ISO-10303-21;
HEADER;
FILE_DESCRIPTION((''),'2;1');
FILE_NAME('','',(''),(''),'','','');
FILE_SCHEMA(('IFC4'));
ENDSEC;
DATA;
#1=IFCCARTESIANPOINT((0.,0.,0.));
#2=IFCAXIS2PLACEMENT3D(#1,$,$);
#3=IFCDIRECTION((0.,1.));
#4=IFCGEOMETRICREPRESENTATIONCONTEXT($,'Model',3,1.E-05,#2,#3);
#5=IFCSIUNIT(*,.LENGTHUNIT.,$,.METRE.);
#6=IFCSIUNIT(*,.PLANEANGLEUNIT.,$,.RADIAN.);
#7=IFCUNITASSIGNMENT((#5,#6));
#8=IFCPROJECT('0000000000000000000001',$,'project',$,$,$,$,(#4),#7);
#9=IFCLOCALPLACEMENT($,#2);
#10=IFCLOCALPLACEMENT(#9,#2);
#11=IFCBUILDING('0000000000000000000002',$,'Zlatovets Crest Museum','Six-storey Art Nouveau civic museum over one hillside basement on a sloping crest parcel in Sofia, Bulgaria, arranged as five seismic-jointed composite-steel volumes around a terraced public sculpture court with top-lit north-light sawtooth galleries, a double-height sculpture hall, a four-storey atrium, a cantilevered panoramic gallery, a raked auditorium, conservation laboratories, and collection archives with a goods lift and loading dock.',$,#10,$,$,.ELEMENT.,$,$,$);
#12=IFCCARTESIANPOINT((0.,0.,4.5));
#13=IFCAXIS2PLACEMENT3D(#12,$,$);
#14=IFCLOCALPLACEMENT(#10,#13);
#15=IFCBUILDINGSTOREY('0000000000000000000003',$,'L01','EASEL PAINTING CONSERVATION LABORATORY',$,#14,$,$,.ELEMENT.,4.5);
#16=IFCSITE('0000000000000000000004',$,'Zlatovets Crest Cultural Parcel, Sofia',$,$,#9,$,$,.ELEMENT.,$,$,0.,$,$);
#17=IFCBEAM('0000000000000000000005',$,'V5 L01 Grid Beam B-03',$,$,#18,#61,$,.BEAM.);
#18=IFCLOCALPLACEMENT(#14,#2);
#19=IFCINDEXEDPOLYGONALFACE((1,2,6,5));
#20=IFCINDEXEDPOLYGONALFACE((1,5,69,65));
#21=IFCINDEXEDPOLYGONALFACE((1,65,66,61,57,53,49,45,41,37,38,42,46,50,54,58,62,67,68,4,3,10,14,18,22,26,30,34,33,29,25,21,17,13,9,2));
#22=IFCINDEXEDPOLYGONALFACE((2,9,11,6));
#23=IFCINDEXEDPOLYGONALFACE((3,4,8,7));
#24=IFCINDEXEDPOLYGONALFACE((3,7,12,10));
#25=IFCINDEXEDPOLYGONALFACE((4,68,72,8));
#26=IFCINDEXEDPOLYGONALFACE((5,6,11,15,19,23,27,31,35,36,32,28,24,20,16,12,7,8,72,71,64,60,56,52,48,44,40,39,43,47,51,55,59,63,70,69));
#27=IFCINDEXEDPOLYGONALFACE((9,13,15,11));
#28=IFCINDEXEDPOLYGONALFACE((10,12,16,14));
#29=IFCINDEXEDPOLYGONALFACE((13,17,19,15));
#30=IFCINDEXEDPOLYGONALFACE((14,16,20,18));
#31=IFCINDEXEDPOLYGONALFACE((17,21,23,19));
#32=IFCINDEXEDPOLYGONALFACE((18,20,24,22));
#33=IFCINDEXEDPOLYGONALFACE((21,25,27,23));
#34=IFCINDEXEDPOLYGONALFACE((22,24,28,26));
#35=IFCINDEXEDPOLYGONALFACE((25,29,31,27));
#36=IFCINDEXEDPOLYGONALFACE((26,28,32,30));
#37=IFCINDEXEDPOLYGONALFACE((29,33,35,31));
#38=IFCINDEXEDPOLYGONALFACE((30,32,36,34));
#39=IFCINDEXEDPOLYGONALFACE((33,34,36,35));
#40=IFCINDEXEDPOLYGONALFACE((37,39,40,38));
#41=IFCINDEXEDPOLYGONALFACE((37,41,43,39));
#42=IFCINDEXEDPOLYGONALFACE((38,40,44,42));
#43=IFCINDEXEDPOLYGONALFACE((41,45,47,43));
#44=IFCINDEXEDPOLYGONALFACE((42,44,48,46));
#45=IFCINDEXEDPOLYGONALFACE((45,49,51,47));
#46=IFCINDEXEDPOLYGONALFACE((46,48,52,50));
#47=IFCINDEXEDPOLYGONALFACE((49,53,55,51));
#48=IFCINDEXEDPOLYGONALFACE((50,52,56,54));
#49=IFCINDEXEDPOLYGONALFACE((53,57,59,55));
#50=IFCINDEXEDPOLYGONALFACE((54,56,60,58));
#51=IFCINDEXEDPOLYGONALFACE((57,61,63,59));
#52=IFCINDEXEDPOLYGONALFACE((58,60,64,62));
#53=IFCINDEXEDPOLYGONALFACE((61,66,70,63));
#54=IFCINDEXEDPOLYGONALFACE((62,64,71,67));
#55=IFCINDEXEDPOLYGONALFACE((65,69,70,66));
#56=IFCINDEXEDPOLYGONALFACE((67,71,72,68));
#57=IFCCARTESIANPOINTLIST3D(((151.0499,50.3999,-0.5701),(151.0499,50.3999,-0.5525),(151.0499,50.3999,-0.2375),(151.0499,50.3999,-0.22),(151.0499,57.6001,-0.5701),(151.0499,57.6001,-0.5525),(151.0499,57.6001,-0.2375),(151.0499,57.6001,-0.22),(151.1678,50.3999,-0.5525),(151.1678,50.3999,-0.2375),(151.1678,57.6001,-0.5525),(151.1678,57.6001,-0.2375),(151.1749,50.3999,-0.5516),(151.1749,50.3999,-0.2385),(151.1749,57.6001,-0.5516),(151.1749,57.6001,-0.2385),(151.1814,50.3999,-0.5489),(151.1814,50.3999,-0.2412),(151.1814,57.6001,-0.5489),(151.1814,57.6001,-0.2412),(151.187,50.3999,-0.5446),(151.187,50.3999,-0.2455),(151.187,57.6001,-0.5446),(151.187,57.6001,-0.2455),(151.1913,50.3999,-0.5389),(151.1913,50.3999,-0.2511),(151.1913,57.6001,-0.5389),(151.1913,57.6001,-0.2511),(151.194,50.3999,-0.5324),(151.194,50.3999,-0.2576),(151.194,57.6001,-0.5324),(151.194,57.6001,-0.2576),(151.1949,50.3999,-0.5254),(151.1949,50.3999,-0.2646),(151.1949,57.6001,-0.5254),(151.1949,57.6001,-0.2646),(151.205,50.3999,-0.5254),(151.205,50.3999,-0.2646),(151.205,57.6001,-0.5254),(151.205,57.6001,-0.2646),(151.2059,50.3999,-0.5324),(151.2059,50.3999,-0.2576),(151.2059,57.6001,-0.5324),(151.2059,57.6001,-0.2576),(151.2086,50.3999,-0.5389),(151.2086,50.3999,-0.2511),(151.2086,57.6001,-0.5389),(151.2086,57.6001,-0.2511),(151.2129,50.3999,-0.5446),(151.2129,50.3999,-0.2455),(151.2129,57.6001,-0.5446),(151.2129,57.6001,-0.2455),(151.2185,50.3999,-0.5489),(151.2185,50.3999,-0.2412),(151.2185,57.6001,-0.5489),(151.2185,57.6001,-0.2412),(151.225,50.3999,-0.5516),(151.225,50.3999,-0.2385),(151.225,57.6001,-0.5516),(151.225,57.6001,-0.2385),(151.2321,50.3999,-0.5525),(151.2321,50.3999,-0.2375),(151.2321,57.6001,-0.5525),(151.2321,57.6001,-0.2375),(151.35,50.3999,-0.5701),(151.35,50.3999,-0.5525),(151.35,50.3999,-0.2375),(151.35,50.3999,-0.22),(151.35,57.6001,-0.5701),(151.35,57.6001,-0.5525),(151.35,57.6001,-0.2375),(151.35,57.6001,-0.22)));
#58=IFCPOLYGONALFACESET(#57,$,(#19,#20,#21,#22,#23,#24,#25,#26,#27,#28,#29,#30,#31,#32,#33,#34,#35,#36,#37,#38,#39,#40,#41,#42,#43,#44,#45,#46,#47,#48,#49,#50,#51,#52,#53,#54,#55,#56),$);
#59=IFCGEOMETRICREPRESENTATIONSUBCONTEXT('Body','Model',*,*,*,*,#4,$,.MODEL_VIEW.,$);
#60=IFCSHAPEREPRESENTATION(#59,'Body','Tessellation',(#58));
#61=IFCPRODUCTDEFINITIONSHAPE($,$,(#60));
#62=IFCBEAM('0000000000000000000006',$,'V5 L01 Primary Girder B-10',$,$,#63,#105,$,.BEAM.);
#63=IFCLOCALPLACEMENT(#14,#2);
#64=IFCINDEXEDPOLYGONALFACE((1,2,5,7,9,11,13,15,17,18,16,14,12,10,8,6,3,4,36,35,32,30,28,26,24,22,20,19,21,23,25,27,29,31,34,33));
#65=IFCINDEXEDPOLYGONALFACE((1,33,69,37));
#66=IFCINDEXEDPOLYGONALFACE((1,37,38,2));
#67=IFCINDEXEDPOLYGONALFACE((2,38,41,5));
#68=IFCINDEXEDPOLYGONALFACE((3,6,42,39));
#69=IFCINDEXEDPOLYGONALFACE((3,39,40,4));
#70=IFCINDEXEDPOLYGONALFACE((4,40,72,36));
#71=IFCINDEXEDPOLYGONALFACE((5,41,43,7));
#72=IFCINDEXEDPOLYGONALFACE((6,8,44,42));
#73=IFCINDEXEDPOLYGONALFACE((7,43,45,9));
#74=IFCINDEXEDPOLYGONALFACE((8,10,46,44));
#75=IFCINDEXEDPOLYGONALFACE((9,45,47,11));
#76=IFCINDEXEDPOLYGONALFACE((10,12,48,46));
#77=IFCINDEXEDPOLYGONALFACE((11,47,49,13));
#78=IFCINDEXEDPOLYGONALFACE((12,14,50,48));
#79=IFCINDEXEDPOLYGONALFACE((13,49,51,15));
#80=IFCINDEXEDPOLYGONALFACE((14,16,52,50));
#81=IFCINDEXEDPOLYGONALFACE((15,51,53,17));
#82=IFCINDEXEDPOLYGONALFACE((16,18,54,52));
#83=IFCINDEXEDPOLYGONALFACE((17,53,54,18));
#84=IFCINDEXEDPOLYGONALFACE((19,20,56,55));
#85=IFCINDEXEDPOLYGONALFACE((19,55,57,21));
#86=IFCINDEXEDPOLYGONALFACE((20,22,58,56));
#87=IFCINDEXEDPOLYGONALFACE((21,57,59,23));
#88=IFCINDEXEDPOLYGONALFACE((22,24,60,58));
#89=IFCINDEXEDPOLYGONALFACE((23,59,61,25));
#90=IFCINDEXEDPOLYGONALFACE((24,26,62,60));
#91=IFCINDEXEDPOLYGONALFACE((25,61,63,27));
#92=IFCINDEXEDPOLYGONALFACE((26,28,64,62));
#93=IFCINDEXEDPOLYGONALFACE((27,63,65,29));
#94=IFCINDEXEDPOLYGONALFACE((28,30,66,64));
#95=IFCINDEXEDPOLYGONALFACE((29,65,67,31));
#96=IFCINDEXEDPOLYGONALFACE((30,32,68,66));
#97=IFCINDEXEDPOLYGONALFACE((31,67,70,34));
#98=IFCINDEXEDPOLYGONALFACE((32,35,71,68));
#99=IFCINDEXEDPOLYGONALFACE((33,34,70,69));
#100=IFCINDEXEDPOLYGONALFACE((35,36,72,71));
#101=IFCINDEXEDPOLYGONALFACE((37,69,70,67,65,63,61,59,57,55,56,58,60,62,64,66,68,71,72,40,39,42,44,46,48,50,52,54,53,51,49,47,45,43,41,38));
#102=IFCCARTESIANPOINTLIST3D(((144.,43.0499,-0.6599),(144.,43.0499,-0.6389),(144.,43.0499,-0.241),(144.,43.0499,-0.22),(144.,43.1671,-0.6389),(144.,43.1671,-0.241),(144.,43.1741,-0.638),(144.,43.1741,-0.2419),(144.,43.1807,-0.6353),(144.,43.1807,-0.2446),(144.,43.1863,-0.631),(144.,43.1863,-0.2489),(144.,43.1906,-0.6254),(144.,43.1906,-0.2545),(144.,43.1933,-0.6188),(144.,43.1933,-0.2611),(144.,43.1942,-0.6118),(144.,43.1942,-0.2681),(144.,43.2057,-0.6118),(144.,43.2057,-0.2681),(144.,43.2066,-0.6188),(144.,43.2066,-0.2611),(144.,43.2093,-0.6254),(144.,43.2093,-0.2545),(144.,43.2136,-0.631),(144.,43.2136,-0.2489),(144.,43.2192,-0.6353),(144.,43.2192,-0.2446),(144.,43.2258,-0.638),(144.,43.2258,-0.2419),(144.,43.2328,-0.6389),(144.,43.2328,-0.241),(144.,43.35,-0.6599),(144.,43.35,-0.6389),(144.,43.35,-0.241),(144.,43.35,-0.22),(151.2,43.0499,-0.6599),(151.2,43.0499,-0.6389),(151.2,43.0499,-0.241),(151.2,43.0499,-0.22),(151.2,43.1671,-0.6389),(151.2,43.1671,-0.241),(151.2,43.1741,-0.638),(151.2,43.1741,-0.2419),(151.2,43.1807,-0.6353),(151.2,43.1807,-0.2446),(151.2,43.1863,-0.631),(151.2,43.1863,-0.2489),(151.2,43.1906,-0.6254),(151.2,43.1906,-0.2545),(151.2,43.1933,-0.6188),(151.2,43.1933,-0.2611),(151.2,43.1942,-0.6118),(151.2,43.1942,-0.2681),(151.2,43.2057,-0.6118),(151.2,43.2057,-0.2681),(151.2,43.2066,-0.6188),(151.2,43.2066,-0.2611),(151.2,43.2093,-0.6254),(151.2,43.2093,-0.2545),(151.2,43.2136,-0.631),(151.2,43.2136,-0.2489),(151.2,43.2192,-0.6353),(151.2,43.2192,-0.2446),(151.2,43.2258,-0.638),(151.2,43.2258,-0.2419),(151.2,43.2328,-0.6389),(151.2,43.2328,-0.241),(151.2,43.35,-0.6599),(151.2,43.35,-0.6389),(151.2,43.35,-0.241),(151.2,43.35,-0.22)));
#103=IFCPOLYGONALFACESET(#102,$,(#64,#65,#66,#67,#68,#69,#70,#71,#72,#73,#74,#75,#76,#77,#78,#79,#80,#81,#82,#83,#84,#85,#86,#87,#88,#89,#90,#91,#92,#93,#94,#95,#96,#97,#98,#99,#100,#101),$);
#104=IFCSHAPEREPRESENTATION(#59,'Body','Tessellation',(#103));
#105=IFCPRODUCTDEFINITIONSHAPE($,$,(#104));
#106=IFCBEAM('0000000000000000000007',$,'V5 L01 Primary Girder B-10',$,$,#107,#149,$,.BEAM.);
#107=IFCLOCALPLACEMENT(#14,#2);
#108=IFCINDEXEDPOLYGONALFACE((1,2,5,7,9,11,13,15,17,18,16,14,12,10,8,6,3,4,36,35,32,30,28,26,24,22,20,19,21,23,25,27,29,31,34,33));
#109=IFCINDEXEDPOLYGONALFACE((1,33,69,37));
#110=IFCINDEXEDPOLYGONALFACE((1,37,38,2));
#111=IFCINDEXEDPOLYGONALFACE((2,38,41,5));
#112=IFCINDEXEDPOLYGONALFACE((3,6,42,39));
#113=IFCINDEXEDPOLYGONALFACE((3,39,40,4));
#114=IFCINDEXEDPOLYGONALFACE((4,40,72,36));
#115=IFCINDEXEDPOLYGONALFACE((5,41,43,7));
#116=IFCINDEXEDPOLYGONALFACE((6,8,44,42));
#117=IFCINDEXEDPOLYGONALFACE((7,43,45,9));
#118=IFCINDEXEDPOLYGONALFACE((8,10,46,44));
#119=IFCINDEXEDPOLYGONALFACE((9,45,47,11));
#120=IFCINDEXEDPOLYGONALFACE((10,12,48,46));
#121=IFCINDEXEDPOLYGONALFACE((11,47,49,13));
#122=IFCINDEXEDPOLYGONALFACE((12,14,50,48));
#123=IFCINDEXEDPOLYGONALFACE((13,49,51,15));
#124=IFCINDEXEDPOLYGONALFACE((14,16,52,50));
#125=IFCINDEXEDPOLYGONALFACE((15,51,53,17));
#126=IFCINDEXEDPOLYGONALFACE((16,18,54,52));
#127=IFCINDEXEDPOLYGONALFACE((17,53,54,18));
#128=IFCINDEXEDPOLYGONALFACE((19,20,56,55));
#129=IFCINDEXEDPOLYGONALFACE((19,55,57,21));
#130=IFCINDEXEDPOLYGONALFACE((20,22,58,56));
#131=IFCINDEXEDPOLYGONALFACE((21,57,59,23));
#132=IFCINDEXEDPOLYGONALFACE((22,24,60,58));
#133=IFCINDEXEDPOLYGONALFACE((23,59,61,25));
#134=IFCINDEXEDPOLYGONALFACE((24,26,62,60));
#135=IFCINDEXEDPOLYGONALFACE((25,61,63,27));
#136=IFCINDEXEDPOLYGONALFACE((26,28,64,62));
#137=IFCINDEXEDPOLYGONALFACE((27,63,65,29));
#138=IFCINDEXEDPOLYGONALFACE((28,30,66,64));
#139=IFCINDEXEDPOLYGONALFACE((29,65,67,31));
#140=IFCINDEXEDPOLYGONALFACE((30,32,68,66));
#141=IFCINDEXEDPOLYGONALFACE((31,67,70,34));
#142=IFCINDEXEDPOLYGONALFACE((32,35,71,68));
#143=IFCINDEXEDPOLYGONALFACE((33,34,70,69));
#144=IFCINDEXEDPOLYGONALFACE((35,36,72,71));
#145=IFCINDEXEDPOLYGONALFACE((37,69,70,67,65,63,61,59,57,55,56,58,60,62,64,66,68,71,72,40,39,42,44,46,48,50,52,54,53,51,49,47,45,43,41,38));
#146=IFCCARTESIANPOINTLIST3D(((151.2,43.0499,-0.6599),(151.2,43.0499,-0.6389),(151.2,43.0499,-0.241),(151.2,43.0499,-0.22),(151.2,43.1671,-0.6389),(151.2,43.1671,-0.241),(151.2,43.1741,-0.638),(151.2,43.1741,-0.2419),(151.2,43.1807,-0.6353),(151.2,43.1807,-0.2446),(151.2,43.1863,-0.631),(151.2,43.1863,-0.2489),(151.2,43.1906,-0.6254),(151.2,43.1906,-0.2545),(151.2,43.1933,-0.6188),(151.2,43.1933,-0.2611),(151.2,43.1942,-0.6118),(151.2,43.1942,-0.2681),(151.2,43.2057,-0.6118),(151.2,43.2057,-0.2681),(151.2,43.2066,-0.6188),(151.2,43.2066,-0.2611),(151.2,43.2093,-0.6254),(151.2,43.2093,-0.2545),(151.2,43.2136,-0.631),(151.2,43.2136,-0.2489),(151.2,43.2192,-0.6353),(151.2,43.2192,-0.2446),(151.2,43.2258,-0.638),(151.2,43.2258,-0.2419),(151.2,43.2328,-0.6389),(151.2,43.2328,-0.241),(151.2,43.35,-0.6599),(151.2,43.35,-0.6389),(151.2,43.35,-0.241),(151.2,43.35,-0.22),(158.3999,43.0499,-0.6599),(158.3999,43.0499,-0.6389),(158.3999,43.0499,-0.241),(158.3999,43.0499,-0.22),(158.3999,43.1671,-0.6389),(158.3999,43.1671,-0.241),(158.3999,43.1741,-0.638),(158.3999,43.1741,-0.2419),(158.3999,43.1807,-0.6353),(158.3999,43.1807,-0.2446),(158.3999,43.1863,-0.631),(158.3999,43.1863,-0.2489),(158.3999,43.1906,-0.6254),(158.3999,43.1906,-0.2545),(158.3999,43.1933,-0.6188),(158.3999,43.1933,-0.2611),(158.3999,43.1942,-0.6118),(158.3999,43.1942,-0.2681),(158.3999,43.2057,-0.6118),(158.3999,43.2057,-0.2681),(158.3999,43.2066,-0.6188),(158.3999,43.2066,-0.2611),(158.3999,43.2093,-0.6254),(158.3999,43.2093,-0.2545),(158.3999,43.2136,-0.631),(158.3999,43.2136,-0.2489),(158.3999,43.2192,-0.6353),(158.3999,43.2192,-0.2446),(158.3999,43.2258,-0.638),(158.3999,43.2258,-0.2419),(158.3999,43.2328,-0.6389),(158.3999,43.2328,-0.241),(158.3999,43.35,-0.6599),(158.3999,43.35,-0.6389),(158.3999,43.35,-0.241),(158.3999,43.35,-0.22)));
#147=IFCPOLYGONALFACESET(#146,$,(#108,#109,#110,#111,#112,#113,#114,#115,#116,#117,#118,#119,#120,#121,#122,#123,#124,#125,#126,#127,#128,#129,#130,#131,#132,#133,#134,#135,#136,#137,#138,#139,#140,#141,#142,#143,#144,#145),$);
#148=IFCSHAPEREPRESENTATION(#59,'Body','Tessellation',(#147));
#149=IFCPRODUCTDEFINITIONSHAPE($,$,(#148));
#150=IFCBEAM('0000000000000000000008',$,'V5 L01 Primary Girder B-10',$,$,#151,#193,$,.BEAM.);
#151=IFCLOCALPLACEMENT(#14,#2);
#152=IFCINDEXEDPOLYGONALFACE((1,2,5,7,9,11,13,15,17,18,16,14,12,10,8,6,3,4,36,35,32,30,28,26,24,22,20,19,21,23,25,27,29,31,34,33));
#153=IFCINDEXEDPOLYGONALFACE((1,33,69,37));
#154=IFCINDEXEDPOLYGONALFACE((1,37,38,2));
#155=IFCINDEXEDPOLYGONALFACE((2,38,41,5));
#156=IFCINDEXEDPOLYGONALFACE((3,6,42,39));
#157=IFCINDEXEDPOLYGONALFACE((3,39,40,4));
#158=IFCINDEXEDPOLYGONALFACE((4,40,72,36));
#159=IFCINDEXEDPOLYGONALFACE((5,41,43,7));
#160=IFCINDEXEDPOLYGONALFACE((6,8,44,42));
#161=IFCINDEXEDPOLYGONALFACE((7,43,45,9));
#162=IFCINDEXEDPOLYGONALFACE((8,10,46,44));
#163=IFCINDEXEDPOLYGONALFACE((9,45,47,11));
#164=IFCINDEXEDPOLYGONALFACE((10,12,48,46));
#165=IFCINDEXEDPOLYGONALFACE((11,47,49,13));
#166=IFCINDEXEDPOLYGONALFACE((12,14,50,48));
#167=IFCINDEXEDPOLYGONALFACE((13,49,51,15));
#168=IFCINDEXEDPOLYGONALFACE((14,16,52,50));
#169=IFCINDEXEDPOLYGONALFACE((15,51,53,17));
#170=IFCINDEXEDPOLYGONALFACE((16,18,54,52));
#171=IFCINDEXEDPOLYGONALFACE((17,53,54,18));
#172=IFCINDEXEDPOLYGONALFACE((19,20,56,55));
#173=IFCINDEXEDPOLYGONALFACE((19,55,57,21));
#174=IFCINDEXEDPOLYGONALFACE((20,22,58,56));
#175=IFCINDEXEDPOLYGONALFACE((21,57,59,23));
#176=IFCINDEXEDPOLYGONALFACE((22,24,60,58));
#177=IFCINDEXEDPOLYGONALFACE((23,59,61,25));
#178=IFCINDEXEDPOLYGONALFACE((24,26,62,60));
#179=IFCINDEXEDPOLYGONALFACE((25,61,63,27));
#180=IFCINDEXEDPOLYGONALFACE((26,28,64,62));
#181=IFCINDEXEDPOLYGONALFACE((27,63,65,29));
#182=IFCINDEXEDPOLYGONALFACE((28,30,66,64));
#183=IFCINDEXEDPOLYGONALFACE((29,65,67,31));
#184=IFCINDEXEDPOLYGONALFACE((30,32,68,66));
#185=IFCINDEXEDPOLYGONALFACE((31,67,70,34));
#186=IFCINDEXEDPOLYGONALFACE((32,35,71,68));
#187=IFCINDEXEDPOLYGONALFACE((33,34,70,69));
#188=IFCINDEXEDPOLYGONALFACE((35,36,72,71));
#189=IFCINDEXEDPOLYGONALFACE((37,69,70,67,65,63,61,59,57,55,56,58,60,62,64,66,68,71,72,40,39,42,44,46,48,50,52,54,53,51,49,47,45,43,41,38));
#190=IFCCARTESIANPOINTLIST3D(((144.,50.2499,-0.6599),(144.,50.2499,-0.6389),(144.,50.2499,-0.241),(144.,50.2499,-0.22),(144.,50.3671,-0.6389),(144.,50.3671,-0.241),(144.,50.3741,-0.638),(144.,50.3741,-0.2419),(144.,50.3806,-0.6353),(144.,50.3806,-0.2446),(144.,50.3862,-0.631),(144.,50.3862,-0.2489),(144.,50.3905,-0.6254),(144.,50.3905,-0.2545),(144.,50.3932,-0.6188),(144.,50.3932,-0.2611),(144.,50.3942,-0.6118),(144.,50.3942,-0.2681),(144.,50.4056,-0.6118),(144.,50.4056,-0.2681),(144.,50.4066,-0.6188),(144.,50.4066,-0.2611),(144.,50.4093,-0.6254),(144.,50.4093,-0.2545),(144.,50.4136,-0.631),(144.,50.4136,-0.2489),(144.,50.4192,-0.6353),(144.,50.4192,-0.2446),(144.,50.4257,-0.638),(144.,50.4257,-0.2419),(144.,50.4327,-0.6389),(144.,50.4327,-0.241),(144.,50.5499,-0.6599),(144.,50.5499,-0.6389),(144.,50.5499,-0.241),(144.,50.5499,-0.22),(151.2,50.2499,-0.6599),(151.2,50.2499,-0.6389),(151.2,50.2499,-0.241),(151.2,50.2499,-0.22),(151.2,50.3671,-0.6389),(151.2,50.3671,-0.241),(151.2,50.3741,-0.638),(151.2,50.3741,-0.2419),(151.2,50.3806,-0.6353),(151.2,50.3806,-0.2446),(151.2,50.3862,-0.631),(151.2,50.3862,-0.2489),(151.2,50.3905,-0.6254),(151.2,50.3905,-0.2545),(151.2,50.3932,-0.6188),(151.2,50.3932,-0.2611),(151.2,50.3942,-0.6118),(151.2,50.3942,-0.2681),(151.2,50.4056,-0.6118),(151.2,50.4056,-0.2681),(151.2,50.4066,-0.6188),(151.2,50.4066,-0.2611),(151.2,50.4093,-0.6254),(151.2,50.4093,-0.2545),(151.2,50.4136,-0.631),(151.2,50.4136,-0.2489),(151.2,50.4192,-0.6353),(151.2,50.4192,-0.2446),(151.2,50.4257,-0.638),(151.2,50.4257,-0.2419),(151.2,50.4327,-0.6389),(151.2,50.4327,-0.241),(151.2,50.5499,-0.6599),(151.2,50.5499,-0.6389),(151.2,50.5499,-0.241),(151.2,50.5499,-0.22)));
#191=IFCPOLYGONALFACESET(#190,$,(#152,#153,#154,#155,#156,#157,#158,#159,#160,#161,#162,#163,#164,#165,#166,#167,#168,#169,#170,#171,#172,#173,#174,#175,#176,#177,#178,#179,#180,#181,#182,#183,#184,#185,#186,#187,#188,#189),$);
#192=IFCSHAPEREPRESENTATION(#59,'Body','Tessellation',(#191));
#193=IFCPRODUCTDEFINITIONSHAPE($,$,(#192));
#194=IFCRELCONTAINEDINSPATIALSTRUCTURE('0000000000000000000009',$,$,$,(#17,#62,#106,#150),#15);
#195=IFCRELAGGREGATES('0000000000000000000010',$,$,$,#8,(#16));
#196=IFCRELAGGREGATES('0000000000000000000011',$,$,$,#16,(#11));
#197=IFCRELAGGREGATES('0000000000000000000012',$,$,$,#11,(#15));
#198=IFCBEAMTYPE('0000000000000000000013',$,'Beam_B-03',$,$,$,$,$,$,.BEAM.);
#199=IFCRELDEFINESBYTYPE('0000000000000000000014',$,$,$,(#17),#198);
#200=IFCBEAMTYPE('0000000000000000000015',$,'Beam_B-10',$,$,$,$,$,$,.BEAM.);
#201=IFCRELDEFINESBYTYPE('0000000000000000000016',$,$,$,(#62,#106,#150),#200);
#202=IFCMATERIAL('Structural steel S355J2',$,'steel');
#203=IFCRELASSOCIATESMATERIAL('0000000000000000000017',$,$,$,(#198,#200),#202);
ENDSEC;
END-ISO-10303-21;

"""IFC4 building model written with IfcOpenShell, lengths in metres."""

from ifc_helpers import new_model, si_unit, direction, frame, origin, origin_2d, place, context, subcontext, project, spatial, i_section, extrude, material, material_profile, profile_set, type_object, element, save


model = new_model("IFC4")

# Units and contexts
model_context = context("Model", 3, precision=1e-05, world=origin(), true_north=direction((0.0, 1.0)))
body_context = subcontext(model_context, "Body", "Model", "MODEL_VIEW")
ifc_project = project(units=[si_unit("LENGTHUNIT", "METRE"), si_unit("PLANEANGLEUNIT", "RADIAN")], contexts=[model_context])

# Site, building, storey
site_placement = place(None, origin())
site = spatial("IfcSite", under=ifc_project, at=site_placement, Name="Zlatovets Crest Cultural Parcel, Sofia", CompositionType="ELEMENT", RefElevation=0.0)
building_placement = place(site_placement, origin())
building = spatial("IfcBuilding", under=site, at=building_placement, Name="Zlatovets Crest Museum", Description="Six-storey Art Nouveau civic museum over one hillside basement on a sloping crest parcel in Sofia, Bulgaria, arranged as five seismic-jointed composite-steel volumes around a terraced public sculpture court with top-lit north-light sawtooth galleries, a double-height sculpture hall, a four-storey atrium, a cantilevered panoramic gallery, a raked auditorium, conservation laboratories, and collection archives with a goods lift and loading dock.", CompositionType="ELEMENT")
storey_placement = place(building_placement, frame((0.0, 0.0, 4.5)))
storey = spatial("IfcBuildingStorey", under=building, at=storey_placement, Name="L01", Description="EASEL PAINTING CONSERVATION LABORATORY", CompositionType="ELEMENT", Elevation=4.5)

# Shared definitions
ifc_material_1 = material(Name="Structural steel S355J2", Category="steel")

# Beams
ifc_material_profile_1 = material_profile(ifc_material_1, i_section(OverallWidth=0.3, OverallDepth=0.3501, WebThickness=0.01, FlangeThickness=0.0176, FilletRadius=0.0271, at=origin_2d()), Name="HEA 360")
ifc_profile_set_1 = profile_set([ifc_material_profile_1], Name="Structural steel S355J2")
beam_type_1 = type_object("IfcBeamType", Name="Beam_B-03", PredefinedType="BEAM", material=ifc_profile_set_1)
beam_1_placement = place(storey_placement, frame((151.2, 50.3999, -0.395), z_axis=(0.0, 1.0, 0.0), x_axis=(-1.0, 0.0, 0.0)))
element("IfcBeam", 1, at=beam_1_placement, inside=storey, type_object=beam_type_1, Name="V5 L01 Grid Beam B-03", PredefinedType="BEAM", context=body_context, shape_type="SweptSolid", body=[
    extrude(i_section(OverallWidth=0.3, OverallDepth=0.3501, WebThickness=0.01, FlangeThickness=0.0176, FilletRadius=0.0271, at=origin_2d()), origin(), (0.0, 0.0, 1.0), 7.2002),
])
ifc_material_profile_2 = material_profile(ifc_material_1, i_section(OverallWidth=0.3, OverallDepth=0.4399, WebThickness=0.0115, FlangeThickness=0.021, FilletRadius=0.0271, at=origin_2d()), Name="HEA 450")
ifc_profile_set_2 = profile_set([ifc_material_profile_2], Name="Structural steel S355J2")
beam_type_2 = type_object("IfcBeamType", Name="Beam_B-10", PredefinedType="BEAM", material=ifc_profile_set_2)
for number, where, z_axis, x_axis, name in (
    (2, (144.0, 43.2, -0.4399), (1.0, 0.0, 0.0), (0.0, 1.0, 0.0), "V5 L01 Primary Girder B-10"),
    (3, (151.2, 43.2, -0.4399), (1.0, 0.0, 0.0), (0.0, 1.0, 0.0), "V5 L01 Primary Girder B-10"),
    (4, (144.0, 50.3999, -0.4399), (1.0, 0.0, 0.0), (0.0, 1.0, 0.0), "V5 L01 Primary Girder B-10"),
):
    element("IfcBeam", number, at=place(storey_placement, frame(where, z_axis=z_axis, x_axis=x_axis)), inside=storey, type_object=beam_type_2, Name=name, PredefinedType="BEAM", context=body_context, shape_type="SweptSolid", body=[
        extrude(i_section(OverallWidth=0.3, OverallDepth=0.4399, WebThickness=0.0115, FlangeThickness=0.021, FilletRadius=0.0271, at=origin_2d()), origin(), (0.0, 0.0, 1.0), 7.2),
    ])

save(model, "model.ifc")
